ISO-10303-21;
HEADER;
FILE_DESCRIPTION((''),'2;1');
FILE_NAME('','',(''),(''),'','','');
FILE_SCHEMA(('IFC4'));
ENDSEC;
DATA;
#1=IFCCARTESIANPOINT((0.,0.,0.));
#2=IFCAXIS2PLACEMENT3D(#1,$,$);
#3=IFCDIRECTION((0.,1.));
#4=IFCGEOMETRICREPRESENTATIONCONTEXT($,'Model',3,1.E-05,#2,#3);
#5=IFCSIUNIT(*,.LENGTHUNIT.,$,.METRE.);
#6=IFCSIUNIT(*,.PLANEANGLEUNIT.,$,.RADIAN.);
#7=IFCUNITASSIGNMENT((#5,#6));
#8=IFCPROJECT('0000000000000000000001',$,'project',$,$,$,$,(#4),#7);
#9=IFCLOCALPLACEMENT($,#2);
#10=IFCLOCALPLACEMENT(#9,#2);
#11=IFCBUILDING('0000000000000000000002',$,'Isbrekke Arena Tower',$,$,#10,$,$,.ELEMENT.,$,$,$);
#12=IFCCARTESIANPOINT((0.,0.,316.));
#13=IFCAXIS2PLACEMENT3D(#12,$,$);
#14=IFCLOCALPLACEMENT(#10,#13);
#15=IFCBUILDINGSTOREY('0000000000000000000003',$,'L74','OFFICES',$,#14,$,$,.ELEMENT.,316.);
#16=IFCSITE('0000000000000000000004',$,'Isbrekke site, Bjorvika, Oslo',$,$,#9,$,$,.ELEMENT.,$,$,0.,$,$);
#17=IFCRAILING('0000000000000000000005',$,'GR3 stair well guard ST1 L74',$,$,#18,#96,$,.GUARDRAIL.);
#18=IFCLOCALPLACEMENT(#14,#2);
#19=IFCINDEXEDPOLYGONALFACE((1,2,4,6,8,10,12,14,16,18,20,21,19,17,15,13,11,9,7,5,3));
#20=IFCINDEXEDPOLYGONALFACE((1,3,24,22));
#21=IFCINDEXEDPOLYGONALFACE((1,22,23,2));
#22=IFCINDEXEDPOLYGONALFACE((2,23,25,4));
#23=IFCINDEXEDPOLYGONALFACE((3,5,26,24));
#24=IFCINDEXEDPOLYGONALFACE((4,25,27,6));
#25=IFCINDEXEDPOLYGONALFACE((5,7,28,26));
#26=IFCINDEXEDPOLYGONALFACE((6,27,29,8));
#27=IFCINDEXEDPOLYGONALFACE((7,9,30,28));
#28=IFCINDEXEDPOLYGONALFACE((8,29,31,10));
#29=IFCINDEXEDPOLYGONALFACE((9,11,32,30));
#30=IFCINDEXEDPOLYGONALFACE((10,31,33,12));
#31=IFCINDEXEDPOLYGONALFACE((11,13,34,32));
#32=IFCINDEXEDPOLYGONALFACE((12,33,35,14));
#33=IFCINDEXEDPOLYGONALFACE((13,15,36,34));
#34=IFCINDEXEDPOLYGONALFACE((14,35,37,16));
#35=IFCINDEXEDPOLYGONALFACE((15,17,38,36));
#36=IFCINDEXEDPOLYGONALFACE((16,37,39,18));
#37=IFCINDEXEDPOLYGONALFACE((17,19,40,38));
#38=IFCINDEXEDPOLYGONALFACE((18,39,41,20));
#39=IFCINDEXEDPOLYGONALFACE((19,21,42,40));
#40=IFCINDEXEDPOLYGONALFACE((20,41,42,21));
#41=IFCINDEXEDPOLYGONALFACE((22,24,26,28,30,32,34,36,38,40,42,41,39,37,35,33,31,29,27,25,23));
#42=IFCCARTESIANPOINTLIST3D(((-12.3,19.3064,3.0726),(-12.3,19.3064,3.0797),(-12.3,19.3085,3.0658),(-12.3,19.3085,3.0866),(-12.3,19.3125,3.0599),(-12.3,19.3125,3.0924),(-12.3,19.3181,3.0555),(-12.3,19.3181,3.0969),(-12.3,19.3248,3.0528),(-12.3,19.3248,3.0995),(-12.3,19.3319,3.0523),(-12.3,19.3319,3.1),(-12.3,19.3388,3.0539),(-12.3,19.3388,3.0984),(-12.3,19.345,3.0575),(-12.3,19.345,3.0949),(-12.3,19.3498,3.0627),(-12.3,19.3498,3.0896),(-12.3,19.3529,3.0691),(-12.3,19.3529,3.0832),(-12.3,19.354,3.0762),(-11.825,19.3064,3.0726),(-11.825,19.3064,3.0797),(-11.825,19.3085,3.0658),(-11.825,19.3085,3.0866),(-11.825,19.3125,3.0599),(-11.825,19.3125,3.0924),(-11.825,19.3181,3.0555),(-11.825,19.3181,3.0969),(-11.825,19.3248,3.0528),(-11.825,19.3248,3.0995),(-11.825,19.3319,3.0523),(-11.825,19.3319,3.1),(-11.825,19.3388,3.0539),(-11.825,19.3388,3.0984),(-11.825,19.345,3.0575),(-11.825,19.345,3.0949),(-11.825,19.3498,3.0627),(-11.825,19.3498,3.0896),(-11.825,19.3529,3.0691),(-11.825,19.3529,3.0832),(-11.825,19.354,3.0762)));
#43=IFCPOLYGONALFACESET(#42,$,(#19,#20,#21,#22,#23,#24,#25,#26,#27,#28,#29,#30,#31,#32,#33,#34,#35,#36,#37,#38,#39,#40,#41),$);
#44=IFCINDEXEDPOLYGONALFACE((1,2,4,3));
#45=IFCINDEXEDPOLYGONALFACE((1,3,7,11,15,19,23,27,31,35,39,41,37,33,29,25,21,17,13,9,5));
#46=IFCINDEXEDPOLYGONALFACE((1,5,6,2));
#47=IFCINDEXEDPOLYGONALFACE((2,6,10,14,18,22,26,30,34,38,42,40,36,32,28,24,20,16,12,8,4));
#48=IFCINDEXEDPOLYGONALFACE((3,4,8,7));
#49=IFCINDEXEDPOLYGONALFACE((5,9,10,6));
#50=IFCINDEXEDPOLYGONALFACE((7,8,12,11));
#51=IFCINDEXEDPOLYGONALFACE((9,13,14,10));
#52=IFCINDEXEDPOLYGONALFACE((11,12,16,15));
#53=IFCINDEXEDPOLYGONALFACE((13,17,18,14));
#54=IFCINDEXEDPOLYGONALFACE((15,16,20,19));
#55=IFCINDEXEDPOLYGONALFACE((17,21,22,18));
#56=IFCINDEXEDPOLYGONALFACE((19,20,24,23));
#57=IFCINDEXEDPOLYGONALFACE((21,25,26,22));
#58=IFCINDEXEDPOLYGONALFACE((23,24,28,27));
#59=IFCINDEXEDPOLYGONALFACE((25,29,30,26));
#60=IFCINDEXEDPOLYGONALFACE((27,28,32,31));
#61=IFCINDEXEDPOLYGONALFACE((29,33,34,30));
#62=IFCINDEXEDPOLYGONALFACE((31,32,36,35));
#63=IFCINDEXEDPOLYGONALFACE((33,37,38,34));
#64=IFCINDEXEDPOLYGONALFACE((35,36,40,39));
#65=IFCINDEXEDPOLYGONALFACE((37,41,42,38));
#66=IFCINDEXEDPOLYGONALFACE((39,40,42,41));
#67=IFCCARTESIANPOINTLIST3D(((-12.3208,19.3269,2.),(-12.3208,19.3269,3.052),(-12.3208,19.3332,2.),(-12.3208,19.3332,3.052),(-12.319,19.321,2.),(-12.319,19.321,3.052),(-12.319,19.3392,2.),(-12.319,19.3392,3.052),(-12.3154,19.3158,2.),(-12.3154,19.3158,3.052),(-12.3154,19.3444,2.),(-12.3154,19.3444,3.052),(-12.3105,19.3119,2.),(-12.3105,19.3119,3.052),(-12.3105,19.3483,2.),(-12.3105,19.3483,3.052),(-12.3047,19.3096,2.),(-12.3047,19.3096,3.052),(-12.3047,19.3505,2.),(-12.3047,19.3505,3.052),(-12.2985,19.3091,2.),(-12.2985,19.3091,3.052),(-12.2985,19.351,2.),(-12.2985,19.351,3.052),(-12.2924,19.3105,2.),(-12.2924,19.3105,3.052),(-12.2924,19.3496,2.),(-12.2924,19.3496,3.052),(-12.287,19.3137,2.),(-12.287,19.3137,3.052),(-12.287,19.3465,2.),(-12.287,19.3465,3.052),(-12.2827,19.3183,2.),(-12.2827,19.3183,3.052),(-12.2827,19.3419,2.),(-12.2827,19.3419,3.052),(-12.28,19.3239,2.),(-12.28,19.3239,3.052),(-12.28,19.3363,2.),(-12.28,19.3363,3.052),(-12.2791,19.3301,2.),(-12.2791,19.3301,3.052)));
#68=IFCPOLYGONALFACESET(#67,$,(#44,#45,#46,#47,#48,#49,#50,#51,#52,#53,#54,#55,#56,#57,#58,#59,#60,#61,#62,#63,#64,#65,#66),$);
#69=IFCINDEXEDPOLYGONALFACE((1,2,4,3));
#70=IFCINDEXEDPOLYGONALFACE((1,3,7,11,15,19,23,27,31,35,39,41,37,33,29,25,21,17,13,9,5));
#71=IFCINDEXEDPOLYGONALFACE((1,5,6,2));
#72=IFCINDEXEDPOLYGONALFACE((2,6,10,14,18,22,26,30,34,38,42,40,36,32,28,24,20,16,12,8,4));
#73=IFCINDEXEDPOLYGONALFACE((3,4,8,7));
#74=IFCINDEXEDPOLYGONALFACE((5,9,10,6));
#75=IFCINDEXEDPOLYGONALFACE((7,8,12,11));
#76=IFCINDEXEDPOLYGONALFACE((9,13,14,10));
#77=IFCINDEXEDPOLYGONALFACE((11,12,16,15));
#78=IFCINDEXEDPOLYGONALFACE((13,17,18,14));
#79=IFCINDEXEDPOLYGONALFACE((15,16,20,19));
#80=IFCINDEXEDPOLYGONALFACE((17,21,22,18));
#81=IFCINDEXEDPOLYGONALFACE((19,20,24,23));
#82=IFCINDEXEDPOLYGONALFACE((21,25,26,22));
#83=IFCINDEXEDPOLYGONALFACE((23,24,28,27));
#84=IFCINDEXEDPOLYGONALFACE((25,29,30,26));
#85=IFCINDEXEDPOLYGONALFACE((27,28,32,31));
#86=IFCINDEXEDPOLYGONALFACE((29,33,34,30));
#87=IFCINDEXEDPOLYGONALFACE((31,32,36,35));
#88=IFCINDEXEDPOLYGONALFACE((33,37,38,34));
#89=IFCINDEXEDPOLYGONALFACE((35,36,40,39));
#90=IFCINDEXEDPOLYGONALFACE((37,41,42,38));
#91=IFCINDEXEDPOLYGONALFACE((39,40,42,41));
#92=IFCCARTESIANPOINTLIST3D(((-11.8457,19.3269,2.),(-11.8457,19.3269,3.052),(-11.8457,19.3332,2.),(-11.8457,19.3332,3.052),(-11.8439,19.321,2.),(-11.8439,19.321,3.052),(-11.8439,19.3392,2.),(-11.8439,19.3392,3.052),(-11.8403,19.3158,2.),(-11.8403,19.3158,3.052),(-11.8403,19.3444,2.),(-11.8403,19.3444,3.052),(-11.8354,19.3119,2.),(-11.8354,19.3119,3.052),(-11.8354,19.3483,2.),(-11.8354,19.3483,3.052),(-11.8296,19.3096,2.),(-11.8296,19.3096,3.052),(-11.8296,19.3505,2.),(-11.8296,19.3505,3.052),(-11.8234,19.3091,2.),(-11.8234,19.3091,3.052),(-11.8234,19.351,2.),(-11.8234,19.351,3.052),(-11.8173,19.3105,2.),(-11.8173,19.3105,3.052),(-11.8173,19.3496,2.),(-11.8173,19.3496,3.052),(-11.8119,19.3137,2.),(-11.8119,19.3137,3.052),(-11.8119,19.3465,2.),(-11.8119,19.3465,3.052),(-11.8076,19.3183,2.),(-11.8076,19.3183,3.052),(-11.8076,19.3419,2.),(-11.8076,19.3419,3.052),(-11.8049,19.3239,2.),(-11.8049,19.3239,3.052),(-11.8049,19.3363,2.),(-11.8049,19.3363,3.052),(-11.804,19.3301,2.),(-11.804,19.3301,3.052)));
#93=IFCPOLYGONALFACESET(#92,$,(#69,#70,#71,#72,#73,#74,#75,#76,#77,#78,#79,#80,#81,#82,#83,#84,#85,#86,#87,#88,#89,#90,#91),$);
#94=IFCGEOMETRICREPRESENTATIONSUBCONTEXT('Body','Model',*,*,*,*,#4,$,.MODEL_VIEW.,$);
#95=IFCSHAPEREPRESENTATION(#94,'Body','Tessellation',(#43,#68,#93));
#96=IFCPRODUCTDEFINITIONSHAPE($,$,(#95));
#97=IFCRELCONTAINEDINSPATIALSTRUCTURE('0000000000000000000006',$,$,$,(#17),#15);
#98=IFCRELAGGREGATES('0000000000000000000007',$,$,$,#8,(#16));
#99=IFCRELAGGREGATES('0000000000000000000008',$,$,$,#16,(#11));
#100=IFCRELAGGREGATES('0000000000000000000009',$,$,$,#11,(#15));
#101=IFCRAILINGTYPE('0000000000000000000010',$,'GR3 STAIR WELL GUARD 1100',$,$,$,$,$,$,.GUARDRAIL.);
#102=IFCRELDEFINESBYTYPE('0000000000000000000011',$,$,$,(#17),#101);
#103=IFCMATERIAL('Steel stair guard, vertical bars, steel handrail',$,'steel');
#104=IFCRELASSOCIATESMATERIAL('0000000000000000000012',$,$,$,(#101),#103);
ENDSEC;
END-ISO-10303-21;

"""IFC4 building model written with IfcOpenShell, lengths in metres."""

from ifc_helpers import new_model, si_unit, direction, frame, origin, origin_2d, place, context, subcontext, project, spatial, circle, extrude, material, type_object, element, save


model = new_model("IFC4")

# Units and contexts
model_context = context("Model", 3, precision=1e-05, world=origin(), true_north=direction((0.0, 1.0)))
body_context = subcontext(model_context, "Body", "Model", "MODEL_VIEW")
ifc_project = project(units=[si_unit("LENGTHUNIT", "METRE"), si_unit("PLANEANGLEUNIT", "RADIAN")], contexts=[model_context])

# Site, building, storey
site_placement = place(None, origin())
site = spatial("IfcSite", under=ifc_project, at=site_placement, Name="Isbrekke site, Bjorvika, Oslo", CompositionType="ELEMENT", RefElevation=0.0)
building_placement = place(site_placement, origin())
building = spatial("IfcBuilding", under=site, at=building_placement, Name="Isbrekke Arena Tower", CompositionType="ELEMENT")
storey_placement = place(building_placement, frame((0.0, 0.0, 316.0)))
storey = spatial("IfcBuildingStorey", under=building, at=storey_placement, Name="L74", Description="OFFICES", CompositionType="ELEMENT", Elevation=316.0)

# Railing
ifc_material_1 = material(Name="Steel stair guard, vertical bars, steel handrail", Category="steel")
railing_type = type_object("IfcRailingType", Name="GR3 STAIR WELL GUARD 1100", PredefinedType="GUARDRAIL", material=ifc_material_1)
railing_placement = place(storey_placement, frame((-12.3, 19.3301, 2.0)))
element("IfcRailing", 1, at=railing_placement, inside=storey, type_object=railing_type, Name="GR3 stair well guard ST1 L74", PredefinedType="GUARDRAIL", context=body_context, shape_type="SweptSolid", body=[
    extrude(circle(Radius=0.0239, at=origin_2d()), frame((0.0, 0.0, 1.0762), z_axis=(1.0, 0.0, 0.0), x_axis=(0.0, 1.0, 0.0)), (0.0, 0.0, 1.0), 0.4751),
    extrude(circle(Radius=0.021, at=origin_2d()), origin(), (0.0, 0.0, 1.0), 1.052),
    extrude(circle(Radius=0.021, at=origin_2d()), frame((0.4751, 0.0, 0.0)), (0.0, 0.0, 1.0), 1.052),
])

save(model, "model.ifc")
